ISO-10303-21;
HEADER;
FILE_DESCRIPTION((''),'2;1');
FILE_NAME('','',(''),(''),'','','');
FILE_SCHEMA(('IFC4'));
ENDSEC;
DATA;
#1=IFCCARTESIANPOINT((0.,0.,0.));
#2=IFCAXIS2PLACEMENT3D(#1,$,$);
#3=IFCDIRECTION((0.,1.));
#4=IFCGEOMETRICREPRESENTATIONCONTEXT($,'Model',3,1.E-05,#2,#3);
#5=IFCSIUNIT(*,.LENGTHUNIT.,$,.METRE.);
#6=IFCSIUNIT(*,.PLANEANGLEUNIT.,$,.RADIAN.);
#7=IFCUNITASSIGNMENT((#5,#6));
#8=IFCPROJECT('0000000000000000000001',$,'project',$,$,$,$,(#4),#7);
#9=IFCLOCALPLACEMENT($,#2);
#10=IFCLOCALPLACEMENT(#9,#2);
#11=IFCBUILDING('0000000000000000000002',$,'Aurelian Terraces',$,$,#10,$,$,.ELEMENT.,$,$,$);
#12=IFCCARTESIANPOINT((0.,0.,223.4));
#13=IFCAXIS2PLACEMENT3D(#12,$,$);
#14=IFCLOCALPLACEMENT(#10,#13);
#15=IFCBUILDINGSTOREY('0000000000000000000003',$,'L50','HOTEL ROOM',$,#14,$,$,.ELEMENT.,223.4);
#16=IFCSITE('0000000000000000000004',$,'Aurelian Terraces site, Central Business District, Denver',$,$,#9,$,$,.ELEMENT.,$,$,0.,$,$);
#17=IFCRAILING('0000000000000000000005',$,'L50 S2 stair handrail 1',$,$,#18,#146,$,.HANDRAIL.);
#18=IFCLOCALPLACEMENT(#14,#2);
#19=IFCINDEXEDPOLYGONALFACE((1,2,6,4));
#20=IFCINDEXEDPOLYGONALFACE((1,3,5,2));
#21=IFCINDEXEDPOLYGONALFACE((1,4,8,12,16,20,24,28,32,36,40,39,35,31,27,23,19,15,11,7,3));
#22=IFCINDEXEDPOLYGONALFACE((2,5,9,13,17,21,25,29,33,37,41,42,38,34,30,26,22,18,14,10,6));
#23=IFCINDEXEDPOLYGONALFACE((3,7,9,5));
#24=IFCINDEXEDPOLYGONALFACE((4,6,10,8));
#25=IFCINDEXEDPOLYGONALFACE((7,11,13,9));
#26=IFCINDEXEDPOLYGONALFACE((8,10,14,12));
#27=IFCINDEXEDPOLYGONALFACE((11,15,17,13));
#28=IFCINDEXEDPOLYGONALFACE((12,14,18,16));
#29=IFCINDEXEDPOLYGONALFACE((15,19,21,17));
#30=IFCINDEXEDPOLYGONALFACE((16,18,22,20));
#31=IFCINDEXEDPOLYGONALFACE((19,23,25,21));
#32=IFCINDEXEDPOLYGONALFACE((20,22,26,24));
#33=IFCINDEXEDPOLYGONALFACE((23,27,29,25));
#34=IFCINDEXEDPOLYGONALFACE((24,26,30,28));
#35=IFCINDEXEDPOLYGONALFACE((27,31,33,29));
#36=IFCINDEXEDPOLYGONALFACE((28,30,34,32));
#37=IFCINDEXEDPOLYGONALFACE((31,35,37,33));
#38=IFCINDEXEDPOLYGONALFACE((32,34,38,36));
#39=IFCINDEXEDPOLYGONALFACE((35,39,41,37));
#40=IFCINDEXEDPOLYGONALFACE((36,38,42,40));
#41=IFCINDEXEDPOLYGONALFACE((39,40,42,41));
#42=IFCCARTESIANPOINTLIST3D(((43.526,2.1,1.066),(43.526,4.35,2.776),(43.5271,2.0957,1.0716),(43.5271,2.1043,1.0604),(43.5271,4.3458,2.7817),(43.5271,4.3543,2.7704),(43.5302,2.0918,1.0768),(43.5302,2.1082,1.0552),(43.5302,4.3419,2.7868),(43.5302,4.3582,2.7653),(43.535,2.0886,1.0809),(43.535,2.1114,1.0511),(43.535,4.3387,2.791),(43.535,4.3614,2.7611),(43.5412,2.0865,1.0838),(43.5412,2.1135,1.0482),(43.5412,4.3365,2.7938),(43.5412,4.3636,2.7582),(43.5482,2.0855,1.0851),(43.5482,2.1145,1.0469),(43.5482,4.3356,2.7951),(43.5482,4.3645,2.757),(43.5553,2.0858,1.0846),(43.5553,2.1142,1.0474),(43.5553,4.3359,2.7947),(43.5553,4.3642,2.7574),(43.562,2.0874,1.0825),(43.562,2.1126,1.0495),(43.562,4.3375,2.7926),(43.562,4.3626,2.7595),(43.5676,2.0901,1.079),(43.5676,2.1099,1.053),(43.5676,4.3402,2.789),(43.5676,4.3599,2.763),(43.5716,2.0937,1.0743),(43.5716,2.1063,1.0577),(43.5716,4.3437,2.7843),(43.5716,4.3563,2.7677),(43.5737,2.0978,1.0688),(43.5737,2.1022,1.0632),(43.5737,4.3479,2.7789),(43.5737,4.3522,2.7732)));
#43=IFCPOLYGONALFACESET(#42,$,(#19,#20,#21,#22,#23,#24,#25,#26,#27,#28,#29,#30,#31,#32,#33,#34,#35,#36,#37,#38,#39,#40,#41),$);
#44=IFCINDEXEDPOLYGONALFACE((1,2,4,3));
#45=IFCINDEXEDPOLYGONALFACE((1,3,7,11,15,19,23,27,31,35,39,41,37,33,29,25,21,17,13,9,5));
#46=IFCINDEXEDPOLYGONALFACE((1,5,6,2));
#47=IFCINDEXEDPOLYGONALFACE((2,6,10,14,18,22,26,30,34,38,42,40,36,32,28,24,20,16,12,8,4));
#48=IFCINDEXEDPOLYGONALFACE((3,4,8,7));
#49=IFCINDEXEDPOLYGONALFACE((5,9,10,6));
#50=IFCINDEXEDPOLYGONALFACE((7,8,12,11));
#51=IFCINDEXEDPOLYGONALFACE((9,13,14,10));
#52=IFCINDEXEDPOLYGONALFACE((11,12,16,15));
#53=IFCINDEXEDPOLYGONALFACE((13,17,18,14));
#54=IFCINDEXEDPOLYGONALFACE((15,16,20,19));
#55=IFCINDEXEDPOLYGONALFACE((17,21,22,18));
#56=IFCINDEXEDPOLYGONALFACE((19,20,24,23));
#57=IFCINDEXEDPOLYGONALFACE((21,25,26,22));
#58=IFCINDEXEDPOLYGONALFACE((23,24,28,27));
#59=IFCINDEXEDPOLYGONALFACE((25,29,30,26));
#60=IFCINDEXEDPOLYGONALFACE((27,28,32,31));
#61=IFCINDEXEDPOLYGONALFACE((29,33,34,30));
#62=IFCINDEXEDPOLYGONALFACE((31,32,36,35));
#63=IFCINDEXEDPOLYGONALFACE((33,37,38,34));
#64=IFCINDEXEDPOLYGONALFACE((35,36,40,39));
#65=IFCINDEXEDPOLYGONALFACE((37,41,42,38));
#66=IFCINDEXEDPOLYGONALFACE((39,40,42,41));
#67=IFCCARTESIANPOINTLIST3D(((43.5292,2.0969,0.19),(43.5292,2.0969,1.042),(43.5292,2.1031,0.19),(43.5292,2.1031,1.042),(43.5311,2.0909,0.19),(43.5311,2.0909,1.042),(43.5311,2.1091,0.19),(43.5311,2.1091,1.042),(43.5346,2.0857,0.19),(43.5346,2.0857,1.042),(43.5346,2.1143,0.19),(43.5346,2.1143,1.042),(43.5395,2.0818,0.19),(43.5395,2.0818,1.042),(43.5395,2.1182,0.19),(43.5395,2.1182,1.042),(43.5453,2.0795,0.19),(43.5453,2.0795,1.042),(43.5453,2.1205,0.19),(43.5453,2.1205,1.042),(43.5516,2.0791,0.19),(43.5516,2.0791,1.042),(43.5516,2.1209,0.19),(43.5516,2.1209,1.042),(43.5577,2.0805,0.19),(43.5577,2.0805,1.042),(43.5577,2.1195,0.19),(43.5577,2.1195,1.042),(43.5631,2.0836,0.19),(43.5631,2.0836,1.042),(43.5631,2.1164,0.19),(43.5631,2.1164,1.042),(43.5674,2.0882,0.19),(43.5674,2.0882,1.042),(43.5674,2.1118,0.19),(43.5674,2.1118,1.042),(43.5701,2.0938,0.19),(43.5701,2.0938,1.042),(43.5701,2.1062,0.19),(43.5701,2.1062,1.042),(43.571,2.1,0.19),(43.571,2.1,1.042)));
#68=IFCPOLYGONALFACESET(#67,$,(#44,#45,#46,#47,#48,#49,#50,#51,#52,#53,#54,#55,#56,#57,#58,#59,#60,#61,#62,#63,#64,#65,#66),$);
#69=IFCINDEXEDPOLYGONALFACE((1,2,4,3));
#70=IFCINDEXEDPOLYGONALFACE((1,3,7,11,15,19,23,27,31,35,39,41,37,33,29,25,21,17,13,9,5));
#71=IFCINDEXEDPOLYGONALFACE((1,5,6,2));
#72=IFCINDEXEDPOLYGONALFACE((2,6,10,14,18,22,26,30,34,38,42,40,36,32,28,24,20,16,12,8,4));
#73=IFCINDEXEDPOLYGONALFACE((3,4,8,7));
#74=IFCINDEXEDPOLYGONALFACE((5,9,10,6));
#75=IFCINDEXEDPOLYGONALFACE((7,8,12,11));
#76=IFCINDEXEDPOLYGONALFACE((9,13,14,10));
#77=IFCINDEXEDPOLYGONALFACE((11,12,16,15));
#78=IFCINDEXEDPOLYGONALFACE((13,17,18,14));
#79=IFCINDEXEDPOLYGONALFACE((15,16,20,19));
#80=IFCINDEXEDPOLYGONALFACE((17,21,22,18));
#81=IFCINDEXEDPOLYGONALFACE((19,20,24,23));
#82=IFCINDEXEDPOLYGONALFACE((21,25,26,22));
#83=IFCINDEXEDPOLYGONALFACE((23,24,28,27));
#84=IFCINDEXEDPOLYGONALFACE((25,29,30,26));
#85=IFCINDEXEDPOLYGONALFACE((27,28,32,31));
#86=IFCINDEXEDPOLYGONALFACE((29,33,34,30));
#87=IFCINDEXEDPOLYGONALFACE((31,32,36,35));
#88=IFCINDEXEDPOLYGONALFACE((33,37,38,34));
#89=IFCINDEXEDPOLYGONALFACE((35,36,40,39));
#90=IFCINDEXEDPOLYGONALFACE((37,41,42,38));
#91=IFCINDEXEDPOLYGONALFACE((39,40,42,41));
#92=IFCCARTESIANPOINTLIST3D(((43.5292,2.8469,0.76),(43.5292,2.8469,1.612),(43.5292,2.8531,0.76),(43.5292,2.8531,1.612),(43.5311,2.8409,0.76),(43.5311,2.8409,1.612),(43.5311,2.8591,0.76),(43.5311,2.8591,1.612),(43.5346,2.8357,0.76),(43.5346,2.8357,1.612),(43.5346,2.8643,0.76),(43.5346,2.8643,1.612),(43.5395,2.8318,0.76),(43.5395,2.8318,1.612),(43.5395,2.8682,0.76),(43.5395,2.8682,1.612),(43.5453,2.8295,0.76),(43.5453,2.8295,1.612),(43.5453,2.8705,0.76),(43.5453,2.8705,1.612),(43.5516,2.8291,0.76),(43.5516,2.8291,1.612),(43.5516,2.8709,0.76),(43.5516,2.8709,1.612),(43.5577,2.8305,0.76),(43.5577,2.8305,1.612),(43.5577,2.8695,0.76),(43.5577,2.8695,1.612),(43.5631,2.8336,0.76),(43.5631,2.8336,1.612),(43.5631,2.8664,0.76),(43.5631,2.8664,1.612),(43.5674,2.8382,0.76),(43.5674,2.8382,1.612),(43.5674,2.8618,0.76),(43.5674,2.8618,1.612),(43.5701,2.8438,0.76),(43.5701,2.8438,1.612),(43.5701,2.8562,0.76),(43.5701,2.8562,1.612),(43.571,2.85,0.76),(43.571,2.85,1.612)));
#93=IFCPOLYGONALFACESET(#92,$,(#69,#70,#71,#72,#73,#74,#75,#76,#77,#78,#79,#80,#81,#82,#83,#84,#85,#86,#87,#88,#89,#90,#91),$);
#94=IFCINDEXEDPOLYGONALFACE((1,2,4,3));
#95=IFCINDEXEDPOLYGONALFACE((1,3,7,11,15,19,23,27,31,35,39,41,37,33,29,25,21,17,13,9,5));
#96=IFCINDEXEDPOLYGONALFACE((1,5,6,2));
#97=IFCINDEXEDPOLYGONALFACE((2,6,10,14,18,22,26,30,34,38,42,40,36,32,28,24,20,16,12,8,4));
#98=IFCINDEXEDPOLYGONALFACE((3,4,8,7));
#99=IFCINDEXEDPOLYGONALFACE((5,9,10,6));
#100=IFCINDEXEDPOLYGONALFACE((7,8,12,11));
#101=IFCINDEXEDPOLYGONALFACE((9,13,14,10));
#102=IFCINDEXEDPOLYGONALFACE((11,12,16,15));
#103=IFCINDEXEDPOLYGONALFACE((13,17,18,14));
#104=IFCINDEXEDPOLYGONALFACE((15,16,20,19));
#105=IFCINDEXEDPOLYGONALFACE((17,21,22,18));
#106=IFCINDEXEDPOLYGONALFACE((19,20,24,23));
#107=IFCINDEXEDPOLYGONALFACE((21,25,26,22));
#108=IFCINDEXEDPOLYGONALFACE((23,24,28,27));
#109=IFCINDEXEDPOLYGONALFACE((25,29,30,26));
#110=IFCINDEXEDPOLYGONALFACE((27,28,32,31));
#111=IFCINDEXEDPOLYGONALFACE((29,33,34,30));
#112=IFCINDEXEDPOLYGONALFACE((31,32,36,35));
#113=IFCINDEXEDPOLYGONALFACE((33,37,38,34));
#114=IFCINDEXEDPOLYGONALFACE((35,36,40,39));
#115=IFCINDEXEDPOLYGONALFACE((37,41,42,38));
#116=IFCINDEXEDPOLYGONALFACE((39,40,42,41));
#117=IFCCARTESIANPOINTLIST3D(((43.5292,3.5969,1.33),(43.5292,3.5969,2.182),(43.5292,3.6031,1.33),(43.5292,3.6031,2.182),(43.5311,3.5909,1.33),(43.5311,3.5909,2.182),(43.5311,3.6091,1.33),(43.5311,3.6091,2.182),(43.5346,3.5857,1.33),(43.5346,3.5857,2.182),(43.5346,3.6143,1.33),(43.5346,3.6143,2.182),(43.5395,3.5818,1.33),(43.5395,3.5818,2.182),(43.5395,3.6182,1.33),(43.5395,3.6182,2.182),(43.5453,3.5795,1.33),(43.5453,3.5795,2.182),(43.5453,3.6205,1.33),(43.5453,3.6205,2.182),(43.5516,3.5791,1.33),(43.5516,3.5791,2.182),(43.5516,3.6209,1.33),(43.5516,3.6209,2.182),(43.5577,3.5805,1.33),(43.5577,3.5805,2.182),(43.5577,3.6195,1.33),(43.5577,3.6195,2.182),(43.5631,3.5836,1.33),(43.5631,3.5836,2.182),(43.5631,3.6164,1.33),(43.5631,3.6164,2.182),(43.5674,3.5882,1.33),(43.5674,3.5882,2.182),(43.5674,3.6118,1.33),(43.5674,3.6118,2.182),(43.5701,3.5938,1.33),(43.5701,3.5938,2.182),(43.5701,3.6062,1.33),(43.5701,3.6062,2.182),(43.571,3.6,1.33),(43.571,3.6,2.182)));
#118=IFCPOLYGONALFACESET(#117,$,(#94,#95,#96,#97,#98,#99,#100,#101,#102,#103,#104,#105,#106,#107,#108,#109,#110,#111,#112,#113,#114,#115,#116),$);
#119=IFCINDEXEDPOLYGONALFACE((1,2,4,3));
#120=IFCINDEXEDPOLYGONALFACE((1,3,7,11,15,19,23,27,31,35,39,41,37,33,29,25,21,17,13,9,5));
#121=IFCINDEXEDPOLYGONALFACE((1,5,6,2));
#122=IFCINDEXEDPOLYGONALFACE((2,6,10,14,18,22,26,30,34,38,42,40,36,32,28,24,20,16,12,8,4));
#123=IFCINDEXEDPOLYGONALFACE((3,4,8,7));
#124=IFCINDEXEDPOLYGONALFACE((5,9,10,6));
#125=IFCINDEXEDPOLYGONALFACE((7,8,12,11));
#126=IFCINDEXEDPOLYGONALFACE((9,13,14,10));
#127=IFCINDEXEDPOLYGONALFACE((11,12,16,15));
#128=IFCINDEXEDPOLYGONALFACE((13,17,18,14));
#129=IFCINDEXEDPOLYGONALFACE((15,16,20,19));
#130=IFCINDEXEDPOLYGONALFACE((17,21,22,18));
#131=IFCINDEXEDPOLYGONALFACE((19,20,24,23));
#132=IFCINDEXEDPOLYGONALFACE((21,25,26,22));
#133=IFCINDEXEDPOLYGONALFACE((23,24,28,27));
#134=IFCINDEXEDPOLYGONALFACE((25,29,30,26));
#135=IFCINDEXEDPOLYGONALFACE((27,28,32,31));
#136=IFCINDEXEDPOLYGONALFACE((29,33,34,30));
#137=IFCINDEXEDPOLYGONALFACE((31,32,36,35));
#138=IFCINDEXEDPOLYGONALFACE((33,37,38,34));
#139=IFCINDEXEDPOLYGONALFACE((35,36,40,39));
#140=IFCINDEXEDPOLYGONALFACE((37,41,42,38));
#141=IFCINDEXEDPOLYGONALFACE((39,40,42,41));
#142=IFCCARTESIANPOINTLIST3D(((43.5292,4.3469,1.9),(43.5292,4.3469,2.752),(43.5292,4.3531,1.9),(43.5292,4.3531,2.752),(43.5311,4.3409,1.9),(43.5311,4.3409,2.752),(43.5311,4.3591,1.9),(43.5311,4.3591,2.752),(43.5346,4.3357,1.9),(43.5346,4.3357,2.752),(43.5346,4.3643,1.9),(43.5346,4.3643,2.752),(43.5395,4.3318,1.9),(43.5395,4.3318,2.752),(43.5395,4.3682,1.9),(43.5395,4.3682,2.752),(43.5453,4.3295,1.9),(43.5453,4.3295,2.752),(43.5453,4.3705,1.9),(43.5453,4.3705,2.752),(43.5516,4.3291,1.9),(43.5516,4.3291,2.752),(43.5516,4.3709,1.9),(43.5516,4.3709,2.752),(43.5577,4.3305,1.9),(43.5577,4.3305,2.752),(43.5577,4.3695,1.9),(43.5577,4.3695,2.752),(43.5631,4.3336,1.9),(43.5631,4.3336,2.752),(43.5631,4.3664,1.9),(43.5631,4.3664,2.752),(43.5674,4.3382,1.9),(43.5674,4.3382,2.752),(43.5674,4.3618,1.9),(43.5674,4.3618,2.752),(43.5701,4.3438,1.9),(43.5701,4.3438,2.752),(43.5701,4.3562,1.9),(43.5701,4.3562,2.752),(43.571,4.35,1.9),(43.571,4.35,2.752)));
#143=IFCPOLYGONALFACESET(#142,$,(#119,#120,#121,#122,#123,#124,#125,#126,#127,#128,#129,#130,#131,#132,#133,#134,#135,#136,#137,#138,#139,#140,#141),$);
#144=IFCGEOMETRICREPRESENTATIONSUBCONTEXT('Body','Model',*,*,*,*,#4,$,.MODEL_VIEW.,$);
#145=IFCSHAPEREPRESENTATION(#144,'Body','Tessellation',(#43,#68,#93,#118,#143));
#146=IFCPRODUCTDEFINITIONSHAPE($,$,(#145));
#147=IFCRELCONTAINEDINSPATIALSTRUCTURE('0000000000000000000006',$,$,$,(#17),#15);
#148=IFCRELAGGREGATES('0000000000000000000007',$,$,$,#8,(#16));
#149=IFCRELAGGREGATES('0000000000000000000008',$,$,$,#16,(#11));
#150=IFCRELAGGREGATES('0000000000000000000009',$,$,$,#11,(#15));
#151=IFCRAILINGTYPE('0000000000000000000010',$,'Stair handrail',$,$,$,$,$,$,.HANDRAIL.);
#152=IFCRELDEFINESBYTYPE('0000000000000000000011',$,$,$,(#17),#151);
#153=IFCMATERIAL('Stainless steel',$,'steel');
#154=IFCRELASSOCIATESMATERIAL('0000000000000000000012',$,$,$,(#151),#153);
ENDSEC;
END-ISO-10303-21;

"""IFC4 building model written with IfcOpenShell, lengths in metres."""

from ifc_helpers import new_model, si_unit, direction, frame, origin, origin_2d, place, context, subcontext, project, spatial, circle, extrude, source, transform, mapped, material, type_object, element, save


model = new_model("IFC4")

# Units and contexts
model_context = context("Model", 3, precision=1e-05, world=origin(), true_north=direction((0.0, 1.0)))
body_context = subcontext(model_context, "Body", "Model", "MODEL_VIEW")
ifc_project = project(units=[si_unit("LENGTHUNIT", "METRE"), si_unit("PLANEANGLEUNIT", "RADIAN")], contexts=[model_context])

# Site, building, storey
site_placement = place(None, origin())
site = spatial("IfcSite", under=ifc_project, at=site_placement, Name="Aurelian Terraces site, Central Business District, Denver", CompositionType="ELEMENT", RefElevation=0.0)
building_placement = place(site_placement, origin())
building = spatial("IfcBuilding", under=site, at=building_placement, Name="Aurelian Terraces", CompositionType="ELEMENT")
storey_placement = place(building_placement, frame((0.0, 0.0, 223.4)))
storey = spatial("IfcBuildingStorey", under=building, at=storey_placement, Name="L50", Description="HOTEL ROOM", CompositionType="ELEMENT", Elevation=223.4)

# Railing
ifc_material_1 = material(Name="Stainless steel", Category="steel")
railing_type_1 = type_object("IfcRailingType", Name="Stair handrail", PredefinedType="HANDRAIL", material=ifc_material_1)
shared_shape_1 = source(origin(), body_context, "Body", "SweptSolid", [
    extrude(circle(Radius=0.024, at=origin_2d()), frame((0.0, 0.0, 0.876), z_axis=(0.0, 0.796162, 0.605083), x_axis=(-1.0, 0.0, 0.0)), (0.0, 0.0, 1.0), 2.8261),
    extrude(circle(Radius=0.021, at=origin_2d()), origin(), (0.0, 0.0, 1.0), 0.852),
    extrude(circle(Radius=0.021, at=origin_2d()), frame((0.0, 0.75, 0.57)), (0.0, 0.0, 1.0), 0.852),
    extrude(circle(Radius=0.021, at=origin_2d()), frame((0.0, 1.5, 1.14)), (0.0, 0.0, 1.0), 0.852),
    extrude(circle(Radius=0.021, at=origin_2d()), frame((0.0, 2.25, 1.71)), (0.0, 0.0, 1.0), 0.852),
])
railing_1_placement = place(storey_placement, frame((43.55, 2.1, 0.19)))
element("IfcRailing", 1, at=railing_1_placement, inside=storey, type_object=railing_type_1, Name="L50 S2 stair handrail 1", PredefinedType="HANDRAIL", context=body_context, shape_type="MappedRepresentation", body=[
    mapped(shared_shape_1, transform((0.0, 0.0, 0.0), scale=1.0)),
])

save(model, "model.ifc")
